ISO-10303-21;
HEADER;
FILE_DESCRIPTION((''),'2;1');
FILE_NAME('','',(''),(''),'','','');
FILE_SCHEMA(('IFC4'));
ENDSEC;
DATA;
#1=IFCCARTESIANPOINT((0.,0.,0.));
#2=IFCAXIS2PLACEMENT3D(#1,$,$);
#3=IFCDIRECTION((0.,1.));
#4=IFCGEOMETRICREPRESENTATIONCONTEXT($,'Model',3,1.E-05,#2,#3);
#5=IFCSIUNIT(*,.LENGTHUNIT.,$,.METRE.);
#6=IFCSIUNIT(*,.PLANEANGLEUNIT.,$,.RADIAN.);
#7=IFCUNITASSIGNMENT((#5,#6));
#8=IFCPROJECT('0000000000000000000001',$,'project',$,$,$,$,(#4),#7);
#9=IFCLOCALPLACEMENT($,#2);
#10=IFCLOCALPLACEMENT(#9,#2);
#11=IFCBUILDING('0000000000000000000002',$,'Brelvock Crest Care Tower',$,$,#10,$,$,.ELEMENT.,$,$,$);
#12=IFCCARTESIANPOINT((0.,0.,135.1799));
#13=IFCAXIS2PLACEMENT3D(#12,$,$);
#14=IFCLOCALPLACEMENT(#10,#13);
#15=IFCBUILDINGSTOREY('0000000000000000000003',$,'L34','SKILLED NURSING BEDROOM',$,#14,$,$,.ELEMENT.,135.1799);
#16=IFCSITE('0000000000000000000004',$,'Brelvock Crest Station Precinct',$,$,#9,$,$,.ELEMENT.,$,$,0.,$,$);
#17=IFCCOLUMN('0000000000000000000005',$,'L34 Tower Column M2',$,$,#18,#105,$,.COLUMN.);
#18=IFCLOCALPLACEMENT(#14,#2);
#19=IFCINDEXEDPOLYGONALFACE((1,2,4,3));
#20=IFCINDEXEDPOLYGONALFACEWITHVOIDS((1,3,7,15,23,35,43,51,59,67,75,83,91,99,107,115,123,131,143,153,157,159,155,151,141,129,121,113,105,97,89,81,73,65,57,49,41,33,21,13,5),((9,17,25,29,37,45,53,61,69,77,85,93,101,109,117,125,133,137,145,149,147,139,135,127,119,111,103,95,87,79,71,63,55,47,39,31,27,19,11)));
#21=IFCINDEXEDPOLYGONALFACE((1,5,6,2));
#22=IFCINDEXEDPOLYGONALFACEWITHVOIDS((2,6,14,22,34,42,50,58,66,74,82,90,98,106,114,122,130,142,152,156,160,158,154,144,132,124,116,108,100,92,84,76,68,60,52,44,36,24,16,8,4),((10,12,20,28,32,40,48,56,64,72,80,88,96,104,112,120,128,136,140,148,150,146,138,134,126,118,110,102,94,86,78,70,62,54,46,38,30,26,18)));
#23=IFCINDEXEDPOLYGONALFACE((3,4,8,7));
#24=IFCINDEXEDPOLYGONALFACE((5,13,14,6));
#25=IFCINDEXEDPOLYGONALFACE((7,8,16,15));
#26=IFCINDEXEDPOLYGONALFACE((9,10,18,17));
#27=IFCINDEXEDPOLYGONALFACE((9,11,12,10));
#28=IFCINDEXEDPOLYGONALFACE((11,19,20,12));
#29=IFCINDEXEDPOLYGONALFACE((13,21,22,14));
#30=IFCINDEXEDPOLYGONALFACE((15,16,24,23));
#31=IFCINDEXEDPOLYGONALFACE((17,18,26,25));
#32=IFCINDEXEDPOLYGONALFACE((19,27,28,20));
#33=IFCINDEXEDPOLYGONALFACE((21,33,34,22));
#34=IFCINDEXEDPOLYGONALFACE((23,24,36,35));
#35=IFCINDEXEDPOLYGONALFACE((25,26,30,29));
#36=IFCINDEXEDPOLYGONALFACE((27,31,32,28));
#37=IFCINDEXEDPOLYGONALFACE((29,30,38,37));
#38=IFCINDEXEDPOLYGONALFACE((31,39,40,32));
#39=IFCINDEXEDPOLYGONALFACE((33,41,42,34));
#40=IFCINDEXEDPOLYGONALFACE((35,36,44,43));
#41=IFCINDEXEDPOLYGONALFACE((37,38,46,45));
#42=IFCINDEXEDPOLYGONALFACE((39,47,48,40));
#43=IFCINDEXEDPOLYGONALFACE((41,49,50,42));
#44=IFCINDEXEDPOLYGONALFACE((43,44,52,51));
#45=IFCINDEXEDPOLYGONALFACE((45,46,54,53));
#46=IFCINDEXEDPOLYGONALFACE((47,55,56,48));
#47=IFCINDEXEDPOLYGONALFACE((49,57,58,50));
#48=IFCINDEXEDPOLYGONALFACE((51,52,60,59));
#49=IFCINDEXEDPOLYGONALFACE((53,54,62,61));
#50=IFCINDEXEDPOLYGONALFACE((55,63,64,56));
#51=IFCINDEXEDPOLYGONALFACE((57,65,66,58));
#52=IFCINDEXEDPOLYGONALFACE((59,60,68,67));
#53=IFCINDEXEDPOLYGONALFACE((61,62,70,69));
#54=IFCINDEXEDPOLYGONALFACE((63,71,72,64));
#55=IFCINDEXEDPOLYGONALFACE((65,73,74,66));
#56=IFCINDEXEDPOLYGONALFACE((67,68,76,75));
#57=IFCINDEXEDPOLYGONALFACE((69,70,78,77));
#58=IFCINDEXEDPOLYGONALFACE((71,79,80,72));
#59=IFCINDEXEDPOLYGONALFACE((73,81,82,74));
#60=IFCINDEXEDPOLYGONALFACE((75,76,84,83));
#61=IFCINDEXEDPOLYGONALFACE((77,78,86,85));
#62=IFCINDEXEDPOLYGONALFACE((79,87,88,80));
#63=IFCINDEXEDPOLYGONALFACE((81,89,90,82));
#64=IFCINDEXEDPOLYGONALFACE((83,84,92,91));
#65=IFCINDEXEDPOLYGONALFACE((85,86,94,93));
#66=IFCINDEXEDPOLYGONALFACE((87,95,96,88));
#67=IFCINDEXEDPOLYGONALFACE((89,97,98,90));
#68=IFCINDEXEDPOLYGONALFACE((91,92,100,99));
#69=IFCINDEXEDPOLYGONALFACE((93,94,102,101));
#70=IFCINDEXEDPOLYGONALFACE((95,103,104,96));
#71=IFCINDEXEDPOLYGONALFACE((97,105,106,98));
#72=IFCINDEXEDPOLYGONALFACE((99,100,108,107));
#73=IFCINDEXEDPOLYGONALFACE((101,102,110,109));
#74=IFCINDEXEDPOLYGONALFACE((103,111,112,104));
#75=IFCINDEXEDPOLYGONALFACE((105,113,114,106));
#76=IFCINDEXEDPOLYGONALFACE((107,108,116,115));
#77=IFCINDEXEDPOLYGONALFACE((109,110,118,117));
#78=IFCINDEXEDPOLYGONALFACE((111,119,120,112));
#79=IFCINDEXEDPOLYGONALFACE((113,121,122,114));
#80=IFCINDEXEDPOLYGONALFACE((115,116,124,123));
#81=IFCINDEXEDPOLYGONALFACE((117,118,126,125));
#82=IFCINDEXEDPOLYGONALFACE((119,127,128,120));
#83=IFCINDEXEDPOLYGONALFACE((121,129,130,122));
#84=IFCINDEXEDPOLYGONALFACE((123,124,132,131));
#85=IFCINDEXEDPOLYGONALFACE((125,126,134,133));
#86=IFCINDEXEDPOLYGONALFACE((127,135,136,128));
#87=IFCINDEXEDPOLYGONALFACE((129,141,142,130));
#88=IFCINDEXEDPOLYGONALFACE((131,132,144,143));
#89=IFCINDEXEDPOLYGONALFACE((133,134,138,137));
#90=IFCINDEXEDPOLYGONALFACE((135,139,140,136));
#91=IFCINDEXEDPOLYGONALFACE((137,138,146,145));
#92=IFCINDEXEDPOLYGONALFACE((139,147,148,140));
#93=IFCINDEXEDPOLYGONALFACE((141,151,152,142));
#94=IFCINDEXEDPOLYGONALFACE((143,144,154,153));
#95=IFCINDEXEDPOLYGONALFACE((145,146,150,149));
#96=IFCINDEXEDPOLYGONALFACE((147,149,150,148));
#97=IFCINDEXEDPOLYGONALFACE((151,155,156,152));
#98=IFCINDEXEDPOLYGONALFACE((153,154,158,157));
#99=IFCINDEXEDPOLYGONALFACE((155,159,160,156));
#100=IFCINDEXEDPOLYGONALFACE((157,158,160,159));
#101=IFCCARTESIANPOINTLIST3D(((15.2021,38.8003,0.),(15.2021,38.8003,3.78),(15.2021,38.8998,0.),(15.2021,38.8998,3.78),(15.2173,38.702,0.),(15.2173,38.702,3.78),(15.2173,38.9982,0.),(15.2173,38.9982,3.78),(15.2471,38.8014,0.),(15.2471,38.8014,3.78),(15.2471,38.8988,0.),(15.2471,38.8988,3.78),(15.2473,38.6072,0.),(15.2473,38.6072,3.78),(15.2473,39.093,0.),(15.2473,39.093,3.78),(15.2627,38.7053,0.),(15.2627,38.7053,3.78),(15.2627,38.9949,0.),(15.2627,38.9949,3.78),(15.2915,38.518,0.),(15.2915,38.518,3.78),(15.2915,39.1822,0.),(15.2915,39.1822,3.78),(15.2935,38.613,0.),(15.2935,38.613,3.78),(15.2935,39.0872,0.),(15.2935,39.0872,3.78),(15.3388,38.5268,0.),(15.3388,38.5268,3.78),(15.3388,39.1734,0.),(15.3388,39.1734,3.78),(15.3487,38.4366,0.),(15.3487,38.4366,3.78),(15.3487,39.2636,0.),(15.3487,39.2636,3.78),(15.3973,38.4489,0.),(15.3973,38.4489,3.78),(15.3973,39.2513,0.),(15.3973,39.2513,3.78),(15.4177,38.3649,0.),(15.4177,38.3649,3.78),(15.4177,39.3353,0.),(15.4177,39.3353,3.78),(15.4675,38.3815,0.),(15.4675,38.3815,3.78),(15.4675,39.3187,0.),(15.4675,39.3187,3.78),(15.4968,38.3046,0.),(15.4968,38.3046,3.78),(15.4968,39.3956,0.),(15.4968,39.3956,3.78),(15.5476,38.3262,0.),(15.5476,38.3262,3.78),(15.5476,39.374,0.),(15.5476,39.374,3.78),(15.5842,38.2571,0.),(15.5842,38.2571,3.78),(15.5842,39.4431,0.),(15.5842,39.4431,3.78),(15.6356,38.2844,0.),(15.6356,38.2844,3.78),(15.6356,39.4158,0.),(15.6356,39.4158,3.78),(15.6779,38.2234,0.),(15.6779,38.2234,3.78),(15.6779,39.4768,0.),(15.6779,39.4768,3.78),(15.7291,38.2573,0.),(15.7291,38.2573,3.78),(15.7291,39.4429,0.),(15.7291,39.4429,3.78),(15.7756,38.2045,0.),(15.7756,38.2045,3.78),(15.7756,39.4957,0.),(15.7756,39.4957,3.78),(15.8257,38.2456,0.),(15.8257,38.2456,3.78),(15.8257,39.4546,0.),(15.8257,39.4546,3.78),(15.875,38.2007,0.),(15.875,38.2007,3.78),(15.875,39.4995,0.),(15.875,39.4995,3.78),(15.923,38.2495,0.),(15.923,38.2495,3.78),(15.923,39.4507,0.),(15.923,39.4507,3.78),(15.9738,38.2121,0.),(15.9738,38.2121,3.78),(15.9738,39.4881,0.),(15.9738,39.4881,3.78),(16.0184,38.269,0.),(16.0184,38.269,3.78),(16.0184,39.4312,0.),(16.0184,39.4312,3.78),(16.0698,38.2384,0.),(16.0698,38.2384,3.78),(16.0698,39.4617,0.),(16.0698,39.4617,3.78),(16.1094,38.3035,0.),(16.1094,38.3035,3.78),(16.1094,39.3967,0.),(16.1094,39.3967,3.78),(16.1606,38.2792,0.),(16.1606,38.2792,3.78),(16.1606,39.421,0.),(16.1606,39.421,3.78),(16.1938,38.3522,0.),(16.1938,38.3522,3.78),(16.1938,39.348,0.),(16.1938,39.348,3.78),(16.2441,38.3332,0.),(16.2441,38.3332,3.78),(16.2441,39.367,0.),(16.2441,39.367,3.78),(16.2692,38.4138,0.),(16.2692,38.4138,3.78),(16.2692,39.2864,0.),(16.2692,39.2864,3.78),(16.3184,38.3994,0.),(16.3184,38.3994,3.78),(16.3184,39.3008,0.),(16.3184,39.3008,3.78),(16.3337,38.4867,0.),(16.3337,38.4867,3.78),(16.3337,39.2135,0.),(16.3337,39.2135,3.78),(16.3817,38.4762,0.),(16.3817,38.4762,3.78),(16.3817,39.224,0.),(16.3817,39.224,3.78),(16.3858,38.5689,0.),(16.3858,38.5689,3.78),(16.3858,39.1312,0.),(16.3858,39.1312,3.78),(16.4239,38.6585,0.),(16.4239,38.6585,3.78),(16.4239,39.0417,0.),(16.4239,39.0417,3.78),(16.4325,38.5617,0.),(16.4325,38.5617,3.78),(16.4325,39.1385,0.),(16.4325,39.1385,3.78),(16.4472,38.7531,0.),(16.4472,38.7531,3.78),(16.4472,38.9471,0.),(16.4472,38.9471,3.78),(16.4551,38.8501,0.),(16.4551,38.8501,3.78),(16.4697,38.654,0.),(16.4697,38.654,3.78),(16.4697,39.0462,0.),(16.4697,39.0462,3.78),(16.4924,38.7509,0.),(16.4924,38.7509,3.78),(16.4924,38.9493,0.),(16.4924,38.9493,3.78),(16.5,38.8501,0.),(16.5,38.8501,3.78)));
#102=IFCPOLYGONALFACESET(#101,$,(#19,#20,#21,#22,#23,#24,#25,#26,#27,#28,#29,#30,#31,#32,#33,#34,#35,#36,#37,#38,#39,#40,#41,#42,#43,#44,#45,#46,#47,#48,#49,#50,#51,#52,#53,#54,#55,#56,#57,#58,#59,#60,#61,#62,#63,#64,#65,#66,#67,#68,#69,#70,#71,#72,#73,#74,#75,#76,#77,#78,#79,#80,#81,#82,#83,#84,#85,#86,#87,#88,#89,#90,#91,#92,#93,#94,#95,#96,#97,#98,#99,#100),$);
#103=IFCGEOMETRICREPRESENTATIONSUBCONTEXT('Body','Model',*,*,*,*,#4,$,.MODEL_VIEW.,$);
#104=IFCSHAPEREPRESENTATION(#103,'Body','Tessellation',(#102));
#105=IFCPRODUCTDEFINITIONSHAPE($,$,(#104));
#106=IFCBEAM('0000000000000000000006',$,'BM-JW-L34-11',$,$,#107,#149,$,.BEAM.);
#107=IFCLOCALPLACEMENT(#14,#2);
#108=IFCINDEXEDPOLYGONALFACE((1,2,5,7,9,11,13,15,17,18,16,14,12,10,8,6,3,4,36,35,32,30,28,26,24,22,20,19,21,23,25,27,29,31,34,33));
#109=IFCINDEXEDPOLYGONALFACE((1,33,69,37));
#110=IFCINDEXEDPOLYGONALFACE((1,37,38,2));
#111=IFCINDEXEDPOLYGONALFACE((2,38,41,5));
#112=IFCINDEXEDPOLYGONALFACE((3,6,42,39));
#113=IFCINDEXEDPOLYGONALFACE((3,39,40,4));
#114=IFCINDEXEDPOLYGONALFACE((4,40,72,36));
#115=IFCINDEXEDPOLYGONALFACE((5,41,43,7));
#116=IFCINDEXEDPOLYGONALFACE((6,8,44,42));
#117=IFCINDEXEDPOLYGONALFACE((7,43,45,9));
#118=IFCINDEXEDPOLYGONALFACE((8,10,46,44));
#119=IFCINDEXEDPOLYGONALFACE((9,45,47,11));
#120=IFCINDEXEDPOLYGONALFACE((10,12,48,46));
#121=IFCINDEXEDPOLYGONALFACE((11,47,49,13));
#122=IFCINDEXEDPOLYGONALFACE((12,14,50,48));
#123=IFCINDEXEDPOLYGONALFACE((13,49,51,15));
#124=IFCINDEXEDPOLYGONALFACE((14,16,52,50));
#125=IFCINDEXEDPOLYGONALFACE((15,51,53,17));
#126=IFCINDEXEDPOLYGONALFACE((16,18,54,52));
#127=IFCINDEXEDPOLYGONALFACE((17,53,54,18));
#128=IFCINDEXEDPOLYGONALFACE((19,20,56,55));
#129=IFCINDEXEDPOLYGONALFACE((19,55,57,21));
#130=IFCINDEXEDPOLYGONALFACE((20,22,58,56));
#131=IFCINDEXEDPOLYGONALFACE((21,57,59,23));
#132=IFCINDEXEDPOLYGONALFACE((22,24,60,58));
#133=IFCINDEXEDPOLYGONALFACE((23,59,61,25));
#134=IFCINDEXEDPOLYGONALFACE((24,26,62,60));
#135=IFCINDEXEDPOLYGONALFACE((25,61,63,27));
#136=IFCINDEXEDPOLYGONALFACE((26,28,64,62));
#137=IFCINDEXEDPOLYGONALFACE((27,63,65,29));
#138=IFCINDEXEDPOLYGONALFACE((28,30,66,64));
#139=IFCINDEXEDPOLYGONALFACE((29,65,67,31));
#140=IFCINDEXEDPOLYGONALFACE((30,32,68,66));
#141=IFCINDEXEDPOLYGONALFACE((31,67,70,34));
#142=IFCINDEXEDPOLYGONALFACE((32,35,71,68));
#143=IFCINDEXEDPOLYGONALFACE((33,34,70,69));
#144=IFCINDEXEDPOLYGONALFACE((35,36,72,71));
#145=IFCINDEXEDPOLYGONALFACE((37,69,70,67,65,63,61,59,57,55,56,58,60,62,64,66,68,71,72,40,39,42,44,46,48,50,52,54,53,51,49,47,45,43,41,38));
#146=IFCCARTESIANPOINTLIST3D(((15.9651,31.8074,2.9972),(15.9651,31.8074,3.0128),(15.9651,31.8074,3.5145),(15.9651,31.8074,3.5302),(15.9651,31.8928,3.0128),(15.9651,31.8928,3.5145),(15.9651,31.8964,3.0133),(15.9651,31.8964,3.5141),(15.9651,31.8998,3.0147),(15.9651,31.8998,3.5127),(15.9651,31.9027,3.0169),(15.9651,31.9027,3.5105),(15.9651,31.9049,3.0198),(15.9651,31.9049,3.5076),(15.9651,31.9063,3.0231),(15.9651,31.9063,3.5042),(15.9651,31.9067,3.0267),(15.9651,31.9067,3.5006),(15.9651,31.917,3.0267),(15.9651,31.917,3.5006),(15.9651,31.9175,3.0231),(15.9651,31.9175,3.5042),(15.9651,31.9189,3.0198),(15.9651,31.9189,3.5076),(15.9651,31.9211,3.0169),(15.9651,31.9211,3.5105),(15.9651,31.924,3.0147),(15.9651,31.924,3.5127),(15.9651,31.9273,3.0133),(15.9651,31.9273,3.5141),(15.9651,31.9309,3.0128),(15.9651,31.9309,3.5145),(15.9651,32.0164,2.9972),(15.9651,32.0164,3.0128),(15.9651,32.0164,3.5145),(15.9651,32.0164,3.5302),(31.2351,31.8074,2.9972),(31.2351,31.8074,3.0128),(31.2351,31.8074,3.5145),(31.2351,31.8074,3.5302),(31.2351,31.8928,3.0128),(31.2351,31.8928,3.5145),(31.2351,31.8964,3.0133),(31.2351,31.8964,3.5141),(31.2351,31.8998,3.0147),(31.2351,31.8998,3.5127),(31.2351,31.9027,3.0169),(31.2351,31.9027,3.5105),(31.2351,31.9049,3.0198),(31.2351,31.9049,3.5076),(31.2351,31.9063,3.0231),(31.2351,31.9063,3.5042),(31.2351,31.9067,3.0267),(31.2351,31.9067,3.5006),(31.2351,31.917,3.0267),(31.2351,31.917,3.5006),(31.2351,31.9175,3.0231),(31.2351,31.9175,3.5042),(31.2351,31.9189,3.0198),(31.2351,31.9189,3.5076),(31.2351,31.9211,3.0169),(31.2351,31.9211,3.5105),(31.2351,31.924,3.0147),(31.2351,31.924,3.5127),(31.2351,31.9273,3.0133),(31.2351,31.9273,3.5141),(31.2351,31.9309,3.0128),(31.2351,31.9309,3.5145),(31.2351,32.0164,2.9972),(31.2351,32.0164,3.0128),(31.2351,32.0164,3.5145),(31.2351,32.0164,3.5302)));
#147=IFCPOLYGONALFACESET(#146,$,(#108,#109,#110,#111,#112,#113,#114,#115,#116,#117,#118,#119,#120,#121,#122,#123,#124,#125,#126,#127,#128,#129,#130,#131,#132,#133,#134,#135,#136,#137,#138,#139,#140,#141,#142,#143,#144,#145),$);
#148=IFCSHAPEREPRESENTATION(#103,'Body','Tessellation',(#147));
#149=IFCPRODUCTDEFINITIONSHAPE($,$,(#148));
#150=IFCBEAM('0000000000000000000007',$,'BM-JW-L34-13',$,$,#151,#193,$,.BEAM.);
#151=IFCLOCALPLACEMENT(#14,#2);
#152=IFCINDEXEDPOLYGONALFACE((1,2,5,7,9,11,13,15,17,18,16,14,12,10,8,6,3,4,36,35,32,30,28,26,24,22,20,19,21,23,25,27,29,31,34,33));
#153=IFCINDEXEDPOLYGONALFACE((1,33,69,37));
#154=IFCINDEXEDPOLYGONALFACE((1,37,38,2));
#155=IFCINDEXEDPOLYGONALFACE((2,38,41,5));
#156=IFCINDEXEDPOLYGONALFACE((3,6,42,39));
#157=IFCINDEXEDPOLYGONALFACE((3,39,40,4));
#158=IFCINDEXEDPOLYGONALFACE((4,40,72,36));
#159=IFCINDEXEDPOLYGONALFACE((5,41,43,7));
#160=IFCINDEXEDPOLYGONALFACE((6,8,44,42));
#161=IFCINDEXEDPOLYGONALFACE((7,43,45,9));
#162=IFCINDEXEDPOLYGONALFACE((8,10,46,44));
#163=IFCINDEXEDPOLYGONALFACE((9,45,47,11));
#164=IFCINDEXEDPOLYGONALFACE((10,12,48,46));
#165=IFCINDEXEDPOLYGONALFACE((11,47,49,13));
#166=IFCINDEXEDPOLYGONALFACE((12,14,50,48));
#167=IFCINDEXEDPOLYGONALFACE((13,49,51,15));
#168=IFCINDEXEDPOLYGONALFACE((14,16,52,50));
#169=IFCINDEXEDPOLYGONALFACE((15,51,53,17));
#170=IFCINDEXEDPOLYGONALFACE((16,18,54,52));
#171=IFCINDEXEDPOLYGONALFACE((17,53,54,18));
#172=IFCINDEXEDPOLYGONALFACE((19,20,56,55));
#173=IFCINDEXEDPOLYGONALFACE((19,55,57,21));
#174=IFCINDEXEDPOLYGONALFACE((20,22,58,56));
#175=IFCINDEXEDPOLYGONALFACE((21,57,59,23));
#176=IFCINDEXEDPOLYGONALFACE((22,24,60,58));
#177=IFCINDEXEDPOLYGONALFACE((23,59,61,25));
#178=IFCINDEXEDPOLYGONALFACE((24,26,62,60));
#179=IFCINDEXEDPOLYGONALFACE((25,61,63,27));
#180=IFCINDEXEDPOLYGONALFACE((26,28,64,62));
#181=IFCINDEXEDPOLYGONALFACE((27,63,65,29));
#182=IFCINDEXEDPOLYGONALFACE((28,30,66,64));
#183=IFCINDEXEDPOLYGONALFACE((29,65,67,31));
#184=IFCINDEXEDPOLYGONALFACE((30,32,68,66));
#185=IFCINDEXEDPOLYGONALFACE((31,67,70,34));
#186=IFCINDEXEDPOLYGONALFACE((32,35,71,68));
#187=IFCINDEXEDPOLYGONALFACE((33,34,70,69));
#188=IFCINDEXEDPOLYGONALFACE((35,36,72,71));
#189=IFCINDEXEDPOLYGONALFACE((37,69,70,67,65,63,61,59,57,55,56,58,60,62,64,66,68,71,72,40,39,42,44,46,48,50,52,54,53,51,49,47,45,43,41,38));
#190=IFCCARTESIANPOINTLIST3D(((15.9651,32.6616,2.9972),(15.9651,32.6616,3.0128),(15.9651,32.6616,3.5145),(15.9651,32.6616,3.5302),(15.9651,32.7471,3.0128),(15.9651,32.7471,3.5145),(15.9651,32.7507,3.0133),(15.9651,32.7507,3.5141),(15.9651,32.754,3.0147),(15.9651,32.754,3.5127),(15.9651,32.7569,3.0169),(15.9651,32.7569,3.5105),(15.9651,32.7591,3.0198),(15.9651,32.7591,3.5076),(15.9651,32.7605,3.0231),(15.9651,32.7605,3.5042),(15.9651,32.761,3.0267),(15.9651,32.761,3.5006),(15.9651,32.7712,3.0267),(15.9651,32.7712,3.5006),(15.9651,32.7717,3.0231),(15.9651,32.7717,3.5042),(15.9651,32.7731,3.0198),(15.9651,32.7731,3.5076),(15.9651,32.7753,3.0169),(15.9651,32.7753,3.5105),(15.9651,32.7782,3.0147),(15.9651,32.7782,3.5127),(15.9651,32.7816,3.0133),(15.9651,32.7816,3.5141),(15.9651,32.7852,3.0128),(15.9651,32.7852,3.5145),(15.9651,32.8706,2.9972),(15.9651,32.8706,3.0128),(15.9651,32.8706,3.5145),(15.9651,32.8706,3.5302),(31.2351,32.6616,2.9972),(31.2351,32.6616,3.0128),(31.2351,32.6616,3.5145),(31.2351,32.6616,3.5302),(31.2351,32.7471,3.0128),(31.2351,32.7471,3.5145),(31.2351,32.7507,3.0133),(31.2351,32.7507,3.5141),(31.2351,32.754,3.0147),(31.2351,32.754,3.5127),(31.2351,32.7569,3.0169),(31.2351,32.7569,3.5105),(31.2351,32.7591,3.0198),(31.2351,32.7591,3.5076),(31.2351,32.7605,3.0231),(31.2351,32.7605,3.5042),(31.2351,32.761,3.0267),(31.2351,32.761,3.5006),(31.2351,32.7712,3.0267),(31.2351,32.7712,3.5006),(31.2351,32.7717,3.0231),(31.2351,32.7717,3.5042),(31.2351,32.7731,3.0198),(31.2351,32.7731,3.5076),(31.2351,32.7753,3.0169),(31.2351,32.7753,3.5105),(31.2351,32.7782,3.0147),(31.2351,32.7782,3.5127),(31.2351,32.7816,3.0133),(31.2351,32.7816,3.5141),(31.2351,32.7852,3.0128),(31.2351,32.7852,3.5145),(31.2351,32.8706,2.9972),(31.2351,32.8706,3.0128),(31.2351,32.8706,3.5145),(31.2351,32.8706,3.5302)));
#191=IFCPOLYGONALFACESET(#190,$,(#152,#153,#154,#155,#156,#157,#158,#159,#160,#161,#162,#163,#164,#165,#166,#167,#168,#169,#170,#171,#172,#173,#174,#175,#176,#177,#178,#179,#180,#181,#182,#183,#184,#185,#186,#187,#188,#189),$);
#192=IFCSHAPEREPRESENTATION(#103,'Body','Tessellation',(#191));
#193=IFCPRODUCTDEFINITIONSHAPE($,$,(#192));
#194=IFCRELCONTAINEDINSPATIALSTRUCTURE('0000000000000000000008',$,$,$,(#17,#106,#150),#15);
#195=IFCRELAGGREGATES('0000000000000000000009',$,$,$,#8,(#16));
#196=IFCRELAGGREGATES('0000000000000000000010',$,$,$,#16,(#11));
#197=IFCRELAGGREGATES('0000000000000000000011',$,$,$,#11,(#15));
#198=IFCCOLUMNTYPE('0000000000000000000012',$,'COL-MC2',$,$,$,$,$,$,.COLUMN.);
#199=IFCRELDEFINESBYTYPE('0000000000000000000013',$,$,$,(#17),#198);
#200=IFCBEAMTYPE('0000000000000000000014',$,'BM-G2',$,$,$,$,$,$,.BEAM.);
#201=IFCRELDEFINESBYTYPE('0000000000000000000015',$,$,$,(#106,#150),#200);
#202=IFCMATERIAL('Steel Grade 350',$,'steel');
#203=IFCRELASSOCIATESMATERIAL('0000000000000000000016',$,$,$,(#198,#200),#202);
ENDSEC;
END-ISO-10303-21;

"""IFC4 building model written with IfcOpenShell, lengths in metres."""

from ifc_helpers import new_model, si_unit, direction, frame, origin, origin_2d, place, context, subcontext, project, spatial, hollow_circle, i_section, extrude, source, transform, mapped, material, material_profile, profile_set, type_object, element, save


model = new_model("IFC4")

# Units and contexts
model_context = context("Model", 3, precision=1e-05, world=origin(), true_north=direction((0.0, 1.0)))
body_context = subcontext(model_context, "Body", "Model", "MODEL_VIEW")
ifc_project = project(units=[si_unit("LENGTHUNIT", "METRE"), si_unit("PLANEANGLEUNIT", "RADIAN")], contexts=[model_context])

# Site, building, storey
site_placement = place(None, origin())
site = spatial("IfcSite", under=ifc_project, at=site_placement, Name="Brelvock Crest Station Precinct", CompositionType="ELEMENT", RefElevation=0.0)
building_placement = place(site_placement, origin())
building = spatial("IfcBuilding", under=site, at=building_placement, Name="Brelvock Crest Care Tower", CompositionType="ELEMENT")
storey_placement = place(building_placement, frame((0.0, 0.0, 135.1799)))
storey = spatial("IfcBuildingStorey", under=building, at=storey_placement, Name="L34", Description="SKILLED NURSING BEDROOM", CompositionType="ELEMENT", Elevation=135.1799)

# Column
ifc_material_1 = material(Name="Steel Grade 350", Category="steel")
ifc_material_profile_1 = material_profile(ifc_material_1, hollow_circle(Radius=0.6499, WallThickness=0.0449, at=origin_2d()), Name="CFT1300x45")
ifc_profile_set_1 = profile_set([ifc_material_profile_1], Name="Steel Grade 350")
column_type = type_object("IfcColumnType", Name="COL-MC2", PredefinedType="COLUMN", material=ifc_profile_set_1)
shared_shape_1 = source(origin(), body_context, "Body", "SweptSolid", [
    extrude(hollow_circle(Radius=0.6499, WallThickness=0.0449, at=origin_2d()), origin(), (0.0, 0.0, 1.0), 3.78),
])
column_placement = place(storey_placement, frame((15.8501, 38.8501, 0.0), z_axis=(0.0, 0.0, 1.0), x_axis=(1.0, 0.0, 0.0)))
element("IfcColumn", 1, at=column_placement, inside=storey, type_object=column_type, Name="L34 Tower Column M2", PredefinedType="COLUMN", context=body_context, shape_type="MappedRepresentation", body=[
    mapped(shared_shape_1, transform((0.0, 0.0, 0.0), x_axis=(1.0, 0.0, 0.0), y_axis=(0.0, 1.0, 0.0), z_axis=(0.0, 0.0, 1.0), scale=1.0)),
])

# Beams
ifc_material_profile_2 = material_profile(ifc_material_1, i_section(OverallWidth=0.209, OverallDepth=0.533, WebThickness=0.0103, FlangeThickness=0.0156, FilletRadius=0.0139, at=origin_2d()), Name="530UB92.4")
ifc_profile_set_2 = profile_set([ifc_material_profile_2], Name="Steel Grade 350")
beam_type_1 = type_object("IfcBeamType", Name="BM-G2", PredefinedType="BEAM", material=ifc_profile_set_2)
shared_shape_2 = source(origin(), body_context, "Body", "SweptSolid", [
    extrude(i_section(OverallWidth=0.209, OverallDepth=0.533, WebThickness=0.0103, FlangeThickness=0.0156, FilletRadius=0.0139, at=origin_2d()), origin(), (0.0, 0.0, 1.0), 15.27),
])
for number, where, z_axis, x_axis, name in (
    (2, (15.9651, 31.9119, 3.2637), (1.0, 0.0, 0.0), (0.0, 1.0, 0.0), "BM-JW-L34-11"),
    (3, (15.9651, 32.7661, 3.2637), (1.0, 0.0, 0.0), (0.0, 1.0, 0.0), "BM-JW-L34-13"),
):
    element("IfcBeam", number, at=place(storey_placement, frame(where, z_axis=z_axis, x_axis=x_axis)), inside=storey, type_object=beam_type_1, Name=name, PredefinedType="BEAM", context=body_context, shape_type="MappedRepresentation", body=[
        mapped(shared_shape_2, transform((0.0, 0.0, 0.0), x_axis=(1.0, 0.0, 0.0), y_axis=(0.0, 1.0, 0.0), z_axis=(0.0, 0.0, 1.0), scale=1.0)),
    ])

save(model, "model.ifc")
